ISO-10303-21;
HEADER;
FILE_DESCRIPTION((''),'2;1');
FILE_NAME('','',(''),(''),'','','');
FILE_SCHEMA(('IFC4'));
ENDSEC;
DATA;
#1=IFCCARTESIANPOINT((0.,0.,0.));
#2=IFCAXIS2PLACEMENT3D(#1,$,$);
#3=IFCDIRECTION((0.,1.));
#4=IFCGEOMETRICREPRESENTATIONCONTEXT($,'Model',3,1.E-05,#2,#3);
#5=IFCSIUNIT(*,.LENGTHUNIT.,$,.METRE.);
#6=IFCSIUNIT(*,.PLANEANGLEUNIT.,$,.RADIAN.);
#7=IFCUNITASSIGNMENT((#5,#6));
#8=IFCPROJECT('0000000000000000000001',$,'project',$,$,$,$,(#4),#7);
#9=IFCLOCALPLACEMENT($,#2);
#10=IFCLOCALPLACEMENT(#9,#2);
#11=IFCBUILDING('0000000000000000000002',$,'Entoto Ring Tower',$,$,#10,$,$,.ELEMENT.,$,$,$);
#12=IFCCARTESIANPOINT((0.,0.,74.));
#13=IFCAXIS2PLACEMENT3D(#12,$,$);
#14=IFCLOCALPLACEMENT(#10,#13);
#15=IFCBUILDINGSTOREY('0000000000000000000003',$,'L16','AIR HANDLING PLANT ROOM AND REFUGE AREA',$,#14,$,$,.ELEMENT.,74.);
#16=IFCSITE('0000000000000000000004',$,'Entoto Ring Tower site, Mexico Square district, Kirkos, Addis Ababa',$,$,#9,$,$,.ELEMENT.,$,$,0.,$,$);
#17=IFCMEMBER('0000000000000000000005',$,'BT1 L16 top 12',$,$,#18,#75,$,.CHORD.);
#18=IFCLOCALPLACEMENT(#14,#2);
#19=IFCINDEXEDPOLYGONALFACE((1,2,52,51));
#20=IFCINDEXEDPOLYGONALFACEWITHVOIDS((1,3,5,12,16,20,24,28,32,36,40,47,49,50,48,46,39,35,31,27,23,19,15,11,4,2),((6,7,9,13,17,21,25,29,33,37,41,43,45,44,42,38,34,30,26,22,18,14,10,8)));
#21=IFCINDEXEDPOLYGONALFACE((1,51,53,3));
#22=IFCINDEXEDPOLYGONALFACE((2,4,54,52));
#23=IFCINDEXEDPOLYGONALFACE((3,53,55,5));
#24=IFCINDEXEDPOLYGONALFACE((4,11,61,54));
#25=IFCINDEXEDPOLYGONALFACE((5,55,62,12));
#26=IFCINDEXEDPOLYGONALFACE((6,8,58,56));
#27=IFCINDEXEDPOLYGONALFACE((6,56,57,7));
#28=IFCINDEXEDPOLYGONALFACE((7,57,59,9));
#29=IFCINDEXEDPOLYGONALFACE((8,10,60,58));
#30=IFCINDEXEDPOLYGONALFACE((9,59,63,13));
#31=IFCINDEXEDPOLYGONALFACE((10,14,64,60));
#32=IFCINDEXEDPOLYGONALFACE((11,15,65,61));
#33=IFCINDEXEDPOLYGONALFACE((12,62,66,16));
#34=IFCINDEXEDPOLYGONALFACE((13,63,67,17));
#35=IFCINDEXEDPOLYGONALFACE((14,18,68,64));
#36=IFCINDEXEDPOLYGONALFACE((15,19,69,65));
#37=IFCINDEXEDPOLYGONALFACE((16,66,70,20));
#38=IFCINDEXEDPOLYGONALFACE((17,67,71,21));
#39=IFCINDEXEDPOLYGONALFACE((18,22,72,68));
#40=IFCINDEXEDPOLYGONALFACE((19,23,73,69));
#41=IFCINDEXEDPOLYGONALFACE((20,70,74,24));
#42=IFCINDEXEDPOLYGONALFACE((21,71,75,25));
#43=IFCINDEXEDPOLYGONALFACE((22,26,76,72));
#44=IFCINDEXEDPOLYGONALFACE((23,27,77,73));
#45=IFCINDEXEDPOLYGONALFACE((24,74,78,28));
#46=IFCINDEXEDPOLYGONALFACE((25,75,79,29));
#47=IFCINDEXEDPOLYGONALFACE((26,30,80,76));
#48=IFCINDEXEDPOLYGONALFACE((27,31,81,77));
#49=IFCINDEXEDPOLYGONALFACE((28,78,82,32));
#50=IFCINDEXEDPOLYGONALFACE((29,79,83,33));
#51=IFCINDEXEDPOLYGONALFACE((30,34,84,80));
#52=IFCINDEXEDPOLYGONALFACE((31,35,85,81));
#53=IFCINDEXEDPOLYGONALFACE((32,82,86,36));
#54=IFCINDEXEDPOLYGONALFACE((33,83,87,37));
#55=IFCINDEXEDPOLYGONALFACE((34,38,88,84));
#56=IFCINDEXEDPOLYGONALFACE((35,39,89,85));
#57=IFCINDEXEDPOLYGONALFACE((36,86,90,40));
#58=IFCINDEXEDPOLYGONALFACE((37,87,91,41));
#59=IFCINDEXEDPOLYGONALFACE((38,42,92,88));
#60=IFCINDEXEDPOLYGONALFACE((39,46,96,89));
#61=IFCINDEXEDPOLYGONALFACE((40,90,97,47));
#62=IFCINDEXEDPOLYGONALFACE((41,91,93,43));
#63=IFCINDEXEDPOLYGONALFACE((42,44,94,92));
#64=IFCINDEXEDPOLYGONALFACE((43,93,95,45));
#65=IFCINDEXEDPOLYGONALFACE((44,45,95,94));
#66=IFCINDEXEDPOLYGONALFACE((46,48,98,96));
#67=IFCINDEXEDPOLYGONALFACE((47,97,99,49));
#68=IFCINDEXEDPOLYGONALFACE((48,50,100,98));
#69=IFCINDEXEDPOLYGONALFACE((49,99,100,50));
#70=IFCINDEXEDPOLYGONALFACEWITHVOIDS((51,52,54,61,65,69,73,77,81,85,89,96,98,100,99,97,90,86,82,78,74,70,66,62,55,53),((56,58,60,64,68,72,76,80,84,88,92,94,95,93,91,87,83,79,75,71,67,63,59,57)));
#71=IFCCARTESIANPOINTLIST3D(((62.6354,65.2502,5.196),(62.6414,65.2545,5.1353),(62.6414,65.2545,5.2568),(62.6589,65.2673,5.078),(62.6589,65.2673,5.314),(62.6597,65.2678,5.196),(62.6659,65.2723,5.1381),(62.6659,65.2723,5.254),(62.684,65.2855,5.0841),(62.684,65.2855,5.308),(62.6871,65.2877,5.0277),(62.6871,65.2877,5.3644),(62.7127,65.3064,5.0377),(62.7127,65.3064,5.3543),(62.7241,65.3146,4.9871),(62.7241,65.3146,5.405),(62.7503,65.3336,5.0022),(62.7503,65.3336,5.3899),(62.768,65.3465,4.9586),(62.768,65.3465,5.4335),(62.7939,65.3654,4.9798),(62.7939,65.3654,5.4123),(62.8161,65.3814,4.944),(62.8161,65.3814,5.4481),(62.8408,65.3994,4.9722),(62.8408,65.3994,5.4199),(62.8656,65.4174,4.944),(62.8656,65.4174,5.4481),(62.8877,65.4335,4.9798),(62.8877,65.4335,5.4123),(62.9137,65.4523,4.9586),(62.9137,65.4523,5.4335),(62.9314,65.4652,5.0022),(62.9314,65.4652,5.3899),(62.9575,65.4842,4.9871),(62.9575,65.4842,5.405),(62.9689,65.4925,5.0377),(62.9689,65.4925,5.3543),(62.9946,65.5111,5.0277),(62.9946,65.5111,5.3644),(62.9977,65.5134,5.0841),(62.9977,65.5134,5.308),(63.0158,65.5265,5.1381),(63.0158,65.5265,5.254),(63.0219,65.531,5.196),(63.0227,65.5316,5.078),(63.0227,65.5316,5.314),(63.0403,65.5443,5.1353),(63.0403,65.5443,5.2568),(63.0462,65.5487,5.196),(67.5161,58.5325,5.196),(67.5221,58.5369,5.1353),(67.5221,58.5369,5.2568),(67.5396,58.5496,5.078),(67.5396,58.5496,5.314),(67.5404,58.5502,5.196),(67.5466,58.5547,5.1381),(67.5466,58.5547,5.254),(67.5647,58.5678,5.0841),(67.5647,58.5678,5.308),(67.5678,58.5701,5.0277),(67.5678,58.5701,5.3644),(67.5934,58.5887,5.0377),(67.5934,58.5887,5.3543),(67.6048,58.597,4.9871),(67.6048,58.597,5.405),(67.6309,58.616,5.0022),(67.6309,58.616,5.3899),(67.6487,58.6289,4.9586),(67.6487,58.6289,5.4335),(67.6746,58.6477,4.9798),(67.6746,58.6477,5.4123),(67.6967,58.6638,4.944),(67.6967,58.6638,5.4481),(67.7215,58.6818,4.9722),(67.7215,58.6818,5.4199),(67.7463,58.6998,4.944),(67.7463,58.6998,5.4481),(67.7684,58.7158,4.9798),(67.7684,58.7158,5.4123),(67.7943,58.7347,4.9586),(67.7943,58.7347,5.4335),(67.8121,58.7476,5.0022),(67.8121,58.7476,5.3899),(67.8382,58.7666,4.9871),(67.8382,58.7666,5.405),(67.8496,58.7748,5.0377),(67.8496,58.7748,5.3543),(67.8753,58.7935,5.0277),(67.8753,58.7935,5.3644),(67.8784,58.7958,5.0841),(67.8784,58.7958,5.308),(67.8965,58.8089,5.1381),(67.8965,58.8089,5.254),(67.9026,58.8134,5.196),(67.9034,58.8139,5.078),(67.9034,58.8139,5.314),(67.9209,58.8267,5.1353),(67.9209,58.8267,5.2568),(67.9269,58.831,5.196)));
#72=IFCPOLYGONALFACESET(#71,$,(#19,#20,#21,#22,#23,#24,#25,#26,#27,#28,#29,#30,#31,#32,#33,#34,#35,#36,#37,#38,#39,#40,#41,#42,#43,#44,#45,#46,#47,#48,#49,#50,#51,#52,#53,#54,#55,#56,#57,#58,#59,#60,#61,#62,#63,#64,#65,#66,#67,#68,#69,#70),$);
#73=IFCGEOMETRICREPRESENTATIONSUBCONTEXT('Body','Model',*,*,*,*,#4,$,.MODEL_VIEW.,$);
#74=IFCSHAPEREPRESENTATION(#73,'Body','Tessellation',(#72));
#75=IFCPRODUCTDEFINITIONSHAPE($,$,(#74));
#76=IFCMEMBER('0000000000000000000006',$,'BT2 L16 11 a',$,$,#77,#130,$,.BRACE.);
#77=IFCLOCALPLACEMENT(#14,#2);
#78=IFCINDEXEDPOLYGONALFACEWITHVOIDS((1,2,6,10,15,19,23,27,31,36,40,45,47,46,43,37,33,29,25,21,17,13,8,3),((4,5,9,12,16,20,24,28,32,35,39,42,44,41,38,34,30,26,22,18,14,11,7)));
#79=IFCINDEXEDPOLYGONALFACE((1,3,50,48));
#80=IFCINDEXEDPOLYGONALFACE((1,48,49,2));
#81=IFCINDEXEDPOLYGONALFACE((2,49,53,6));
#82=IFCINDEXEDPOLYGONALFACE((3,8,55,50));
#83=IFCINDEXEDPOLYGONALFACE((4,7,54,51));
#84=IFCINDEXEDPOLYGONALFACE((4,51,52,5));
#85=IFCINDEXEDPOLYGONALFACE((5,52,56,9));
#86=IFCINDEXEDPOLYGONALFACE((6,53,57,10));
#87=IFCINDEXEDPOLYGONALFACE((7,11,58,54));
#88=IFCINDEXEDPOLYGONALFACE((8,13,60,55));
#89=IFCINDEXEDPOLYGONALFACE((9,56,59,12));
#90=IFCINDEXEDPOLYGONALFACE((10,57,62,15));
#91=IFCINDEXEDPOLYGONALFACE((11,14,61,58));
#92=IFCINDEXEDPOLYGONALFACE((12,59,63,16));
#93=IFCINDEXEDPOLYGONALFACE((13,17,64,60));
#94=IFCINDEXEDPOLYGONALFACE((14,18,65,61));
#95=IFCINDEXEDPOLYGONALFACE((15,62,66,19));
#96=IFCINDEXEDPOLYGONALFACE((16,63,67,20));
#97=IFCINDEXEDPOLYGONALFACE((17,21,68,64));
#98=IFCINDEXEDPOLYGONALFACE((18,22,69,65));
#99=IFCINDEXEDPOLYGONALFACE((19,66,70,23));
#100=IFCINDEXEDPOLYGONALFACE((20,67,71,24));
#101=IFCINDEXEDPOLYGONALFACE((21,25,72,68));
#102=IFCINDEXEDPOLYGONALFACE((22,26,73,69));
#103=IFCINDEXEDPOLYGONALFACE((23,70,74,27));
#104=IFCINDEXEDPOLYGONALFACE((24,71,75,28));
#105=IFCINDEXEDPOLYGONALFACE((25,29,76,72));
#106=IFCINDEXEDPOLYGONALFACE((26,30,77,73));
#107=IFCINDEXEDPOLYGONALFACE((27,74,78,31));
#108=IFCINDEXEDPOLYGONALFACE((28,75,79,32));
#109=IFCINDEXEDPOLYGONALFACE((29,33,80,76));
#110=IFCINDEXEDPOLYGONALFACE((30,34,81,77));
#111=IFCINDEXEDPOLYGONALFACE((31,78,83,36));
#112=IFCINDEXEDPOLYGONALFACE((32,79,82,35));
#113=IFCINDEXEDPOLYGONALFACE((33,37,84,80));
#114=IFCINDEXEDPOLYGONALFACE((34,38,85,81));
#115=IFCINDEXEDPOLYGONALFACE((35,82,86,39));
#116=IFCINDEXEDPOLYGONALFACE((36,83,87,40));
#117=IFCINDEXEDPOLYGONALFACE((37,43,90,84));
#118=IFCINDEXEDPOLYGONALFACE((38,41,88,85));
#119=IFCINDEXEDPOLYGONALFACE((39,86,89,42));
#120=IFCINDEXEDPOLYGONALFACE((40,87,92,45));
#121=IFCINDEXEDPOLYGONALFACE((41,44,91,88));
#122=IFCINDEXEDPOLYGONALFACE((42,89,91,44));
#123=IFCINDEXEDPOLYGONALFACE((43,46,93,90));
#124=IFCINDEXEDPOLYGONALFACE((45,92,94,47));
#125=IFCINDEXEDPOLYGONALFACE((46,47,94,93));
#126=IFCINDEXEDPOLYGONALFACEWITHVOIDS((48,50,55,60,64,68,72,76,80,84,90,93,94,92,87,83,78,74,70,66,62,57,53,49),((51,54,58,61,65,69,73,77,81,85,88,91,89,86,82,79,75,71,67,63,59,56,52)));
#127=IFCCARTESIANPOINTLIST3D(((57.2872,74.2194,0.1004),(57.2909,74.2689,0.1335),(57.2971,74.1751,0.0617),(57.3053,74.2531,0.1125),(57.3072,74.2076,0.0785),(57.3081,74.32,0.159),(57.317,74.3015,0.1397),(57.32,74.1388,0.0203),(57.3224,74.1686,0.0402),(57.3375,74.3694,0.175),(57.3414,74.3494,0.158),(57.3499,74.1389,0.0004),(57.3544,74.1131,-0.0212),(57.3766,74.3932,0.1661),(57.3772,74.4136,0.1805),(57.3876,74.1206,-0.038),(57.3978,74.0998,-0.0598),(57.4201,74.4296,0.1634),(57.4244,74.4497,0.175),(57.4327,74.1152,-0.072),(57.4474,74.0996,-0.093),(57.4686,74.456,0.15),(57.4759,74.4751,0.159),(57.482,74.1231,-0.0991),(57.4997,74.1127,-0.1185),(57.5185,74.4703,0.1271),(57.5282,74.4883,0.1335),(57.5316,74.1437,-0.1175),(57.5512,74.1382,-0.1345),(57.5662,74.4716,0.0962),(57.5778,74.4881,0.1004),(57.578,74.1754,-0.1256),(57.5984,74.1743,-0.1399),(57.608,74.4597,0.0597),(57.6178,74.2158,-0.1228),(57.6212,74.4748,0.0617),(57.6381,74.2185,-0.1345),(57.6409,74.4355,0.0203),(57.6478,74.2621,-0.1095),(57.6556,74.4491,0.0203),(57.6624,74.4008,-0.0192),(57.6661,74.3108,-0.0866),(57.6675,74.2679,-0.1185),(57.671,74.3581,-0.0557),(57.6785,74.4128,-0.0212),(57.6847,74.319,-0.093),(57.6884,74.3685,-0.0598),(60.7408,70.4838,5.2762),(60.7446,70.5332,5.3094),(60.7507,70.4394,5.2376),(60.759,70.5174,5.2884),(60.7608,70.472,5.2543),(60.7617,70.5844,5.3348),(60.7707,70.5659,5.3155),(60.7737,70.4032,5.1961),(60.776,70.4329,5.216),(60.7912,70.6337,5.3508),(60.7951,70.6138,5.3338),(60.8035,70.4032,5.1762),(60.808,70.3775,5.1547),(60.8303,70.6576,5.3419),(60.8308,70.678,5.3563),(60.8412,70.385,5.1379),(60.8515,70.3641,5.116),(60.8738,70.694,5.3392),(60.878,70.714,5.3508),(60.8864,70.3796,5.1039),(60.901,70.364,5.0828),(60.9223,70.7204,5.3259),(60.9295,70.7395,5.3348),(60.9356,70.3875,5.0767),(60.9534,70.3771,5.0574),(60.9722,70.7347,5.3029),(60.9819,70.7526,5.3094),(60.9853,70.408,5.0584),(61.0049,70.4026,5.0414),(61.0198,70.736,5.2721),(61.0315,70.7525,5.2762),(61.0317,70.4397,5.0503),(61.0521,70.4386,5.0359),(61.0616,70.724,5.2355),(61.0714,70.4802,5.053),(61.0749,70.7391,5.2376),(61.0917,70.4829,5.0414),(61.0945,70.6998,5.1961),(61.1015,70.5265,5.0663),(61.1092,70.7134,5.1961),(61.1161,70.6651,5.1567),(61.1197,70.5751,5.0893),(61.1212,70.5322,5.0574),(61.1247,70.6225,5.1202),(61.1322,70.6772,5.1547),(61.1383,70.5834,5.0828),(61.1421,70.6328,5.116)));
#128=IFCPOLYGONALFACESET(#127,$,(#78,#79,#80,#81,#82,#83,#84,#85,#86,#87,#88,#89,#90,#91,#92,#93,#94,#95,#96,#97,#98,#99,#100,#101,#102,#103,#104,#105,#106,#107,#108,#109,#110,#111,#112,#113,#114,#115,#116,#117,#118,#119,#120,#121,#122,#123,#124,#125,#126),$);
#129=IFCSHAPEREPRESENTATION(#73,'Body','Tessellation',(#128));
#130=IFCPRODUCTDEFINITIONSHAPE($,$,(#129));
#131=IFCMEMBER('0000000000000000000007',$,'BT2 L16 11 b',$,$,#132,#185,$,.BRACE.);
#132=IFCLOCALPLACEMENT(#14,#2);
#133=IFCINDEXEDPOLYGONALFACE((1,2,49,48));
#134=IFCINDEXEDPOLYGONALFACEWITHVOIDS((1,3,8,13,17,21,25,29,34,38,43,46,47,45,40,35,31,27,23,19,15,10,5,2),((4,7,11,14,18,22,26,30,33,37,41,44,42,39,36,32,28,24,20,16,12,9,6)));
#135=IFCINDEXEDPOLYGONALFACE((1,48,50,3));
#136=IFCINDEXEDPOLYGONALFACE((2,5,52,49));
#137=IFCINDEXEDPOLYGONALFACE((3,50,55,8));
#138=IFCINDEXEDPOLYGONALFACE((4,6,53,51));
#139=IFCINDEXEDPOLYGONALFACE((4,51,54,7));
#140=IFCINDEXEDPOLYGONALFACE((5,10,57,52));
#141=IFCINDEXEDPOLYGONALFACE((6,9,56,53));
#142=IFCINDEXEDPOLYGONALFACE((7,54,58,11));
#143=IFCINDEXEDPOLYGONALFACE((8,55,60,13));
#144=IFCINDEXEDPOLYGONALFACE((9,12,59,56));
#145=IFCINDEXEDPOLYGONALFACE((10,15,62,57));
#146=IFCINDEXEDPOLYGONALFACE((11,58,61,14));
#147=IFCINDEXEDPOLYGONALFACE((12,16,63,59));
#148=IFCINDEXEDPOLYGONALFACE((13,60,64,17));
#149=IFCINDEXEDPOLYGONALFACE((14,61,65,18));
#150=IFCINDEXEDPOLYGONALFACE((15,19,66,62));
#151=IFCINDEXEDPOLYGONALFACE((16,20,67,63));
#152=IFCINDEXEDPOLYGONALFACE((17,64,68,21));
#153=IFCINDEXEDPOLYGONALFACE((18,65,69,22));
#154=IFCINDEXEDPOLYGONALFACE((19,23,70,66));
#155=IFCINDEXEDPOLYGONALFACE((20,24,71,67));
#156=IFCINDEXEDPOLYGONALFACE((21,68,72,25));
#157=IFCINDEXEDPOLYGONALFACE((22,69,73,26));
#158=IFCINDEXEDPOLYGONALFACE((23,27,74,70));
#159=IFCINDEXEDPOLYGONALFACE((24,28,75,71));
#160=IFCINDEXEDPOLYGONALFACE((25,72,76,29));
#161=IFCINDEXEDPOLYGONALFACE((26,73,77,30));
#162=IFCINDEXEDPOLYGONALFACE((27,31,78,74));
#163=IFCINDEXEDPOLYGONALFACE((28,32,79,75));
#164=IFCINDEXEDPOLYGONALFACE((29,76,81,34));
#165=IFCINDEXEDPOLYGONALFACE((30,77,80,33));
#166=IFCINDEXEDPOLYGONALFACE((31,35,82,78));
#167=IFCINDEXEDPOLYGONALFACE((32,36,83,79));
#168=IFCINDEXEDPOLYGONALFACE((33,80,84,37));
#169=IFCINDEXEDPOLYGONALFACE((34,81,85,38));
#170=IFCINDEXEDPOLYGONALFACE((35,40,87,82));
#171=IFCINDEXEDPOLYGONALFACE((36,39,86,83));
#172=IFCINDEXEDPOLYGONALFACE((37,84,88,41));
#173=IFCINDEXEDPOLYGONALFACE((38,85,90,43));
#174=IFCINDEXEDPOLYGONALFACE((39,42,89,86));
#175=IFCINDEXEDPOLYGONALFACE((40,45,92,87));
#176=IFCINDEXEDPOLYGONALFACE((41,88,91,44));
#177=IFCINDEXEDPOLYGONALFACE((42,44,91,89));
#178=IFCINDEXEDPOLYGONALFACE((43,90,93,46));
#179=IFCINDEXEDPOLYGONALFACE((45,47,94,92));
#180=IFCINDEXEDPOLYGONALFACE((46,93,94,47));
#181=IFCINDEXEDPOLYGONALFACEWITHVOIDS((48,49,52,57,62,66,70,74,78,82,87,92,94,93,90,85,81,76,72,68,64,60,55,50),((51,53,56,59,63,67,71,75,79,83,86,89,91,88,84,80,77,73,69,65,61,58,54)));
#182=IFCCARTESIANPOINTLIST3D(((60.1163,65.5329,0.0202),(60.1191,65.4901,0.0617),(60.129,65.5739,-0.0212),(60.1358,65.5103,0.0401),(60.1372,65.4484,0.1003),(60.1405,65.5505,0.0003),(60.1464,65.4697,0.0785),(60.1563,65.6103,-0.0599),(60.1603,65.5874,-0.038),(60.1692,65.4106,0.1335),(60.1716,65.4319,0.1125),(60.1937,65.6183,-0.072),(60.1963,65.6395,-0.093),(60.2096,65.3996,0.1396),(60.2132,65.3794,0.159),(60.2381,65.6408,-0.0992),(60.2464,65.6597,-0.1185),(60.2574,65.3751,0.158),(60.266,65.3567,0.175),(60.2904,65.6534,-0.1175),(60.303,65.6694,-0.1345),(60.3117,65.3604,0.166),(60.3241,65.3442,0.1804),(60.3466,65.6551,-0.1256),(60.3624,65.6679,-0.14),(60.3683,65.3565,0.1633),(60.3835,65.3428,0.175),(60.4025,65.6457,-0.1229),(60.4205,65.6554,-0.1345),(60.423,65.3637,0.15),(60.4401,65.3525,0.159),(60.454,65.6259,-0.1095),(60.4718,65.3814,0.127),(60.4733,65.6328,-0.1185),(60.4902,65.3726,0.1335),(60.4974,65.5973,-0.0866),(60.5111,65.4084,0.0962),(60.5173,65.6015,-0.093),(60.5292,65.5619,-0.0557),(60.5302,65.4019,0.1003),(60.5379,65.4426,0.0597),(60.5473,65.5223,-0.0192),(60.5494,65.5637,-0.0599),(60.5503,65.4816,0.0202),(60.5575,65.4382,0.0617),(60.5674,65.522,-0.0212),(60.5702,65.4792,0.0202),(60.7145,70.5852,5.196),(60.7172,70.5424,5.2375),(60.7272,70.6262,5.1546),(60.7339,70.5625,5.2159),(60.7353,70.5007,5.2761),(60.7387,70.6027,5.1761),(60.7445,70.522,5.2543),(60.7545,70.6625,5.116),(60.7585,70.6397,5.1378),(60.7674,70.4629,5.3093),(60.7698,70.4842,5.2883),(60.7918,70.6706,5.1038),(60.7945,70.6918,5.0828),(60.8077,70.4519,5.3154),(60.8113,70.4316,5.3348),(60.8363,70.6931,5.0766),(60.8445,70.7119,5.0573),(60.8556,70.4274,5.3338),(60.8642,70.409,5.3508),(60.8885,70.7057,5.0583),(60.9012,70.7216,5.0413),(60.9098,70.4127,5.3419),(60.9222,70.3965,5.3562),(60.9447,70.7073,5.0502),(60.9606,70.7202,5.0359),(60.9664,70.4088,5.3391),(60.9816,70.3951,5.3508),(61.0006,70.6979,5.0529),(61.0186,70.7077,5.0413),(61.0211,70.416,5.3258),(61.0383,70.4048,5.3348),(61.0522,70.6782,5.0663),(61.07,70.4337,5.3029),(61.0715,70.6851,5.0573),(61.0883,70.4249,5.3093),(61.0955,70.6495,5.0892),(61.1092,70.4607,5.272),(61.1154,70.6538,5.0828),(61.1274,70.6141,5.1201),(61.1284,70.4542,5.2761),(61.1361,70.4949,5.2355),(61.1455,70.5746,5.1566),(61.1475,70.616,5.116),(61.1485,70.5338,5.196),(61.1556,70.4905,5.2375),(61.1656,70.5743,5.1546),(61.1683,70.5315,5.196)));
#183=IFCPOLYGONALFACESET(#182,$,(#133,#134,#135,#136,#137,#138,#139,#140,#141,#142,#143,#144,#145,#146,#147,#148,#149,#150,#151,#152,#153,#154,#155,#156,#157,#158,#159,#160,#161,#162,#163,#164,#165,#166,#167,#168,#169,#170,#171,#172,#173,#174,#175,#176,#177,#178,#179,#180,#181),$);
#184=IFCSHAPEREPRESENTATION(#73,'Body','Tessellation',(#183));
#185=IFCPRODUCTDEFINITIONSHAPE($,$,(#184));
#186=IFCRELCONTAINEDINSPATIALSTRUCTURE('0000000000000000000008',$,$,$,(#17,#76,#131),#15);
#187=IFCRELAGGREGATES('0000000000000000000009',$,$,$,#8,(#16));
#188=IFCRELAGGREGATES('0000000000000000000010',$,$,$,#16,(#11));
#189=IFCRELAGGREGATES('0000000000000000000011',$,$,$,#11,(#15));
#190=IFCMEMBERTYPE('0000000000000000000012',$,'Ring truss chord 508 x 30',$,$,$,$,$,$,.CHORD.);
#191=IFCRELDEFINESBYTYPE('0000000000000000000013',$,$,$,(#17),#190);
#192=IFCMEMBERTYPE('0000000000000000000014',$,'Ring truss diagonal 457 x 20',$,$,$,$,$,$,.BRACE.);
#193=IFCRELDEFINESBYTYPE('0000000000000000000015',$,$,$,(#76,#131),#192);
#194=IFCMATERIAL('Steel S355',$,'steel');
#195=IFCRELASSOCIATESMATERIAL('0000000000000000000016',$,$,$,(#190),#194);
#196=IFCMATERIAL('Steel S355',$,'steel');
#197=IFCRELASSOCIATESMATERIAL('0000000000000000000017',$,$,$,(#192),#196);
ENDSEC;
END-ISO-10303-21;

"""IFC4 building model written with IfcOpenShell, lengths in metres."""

from ifc_helpers import new_model, si_unit, direction, frame, origin, origin_2d, place, context, subcontext, project, spatial, circle, hollow_circle, extrude, material, material_profile, profile_set, type_object, element, save


model = new_model("IFC4")

# Units and contexts
model_context = context("Model", 3, precision=1e-05, world=origin(), true_north=direction((0.0, 1.0)))
body_context = subcontext(model_context, "Body", "Model", "MODEL_VIEW")
ifc_project = project(units=[si_unit("LENGTHUNIT", "METRE"), si_unit("PLANEANGLEUNIT", "RADIAN")], contexts=[model_context])

# Site, building, storey
site_placement = place(None, origin())
site = spatial("IfcSite", under=ifc_project, at=site_placement, Name="Entoto Ring Tower site, Mexico Square district, Kirkos, Addis Ababa", CompositionType="ELEMENT", RefElevation=0.0)
building_placement = place(site_placement, origin())
building = spatial("IfcBuilding", under=site, at=building_placement, Name="Entoto Ring Tower", CompositionType="ELEMENT")
storey_placement = place(building_placement, frame((0.0, 0.0, 74.0)))
storey = spatial("IfcBuildingStorey", under=building, at=storey_placement, Name="L16", Description="AIR HANDLING PLANT ROOM AND REFUGE AREA", CompositionType="ELEMENT", Elevation=74.0)

# Members
ifc_material_1 = material(Name="Steel S355", Category="steel")
ifc_material_profile_1 = material_profile(ifc_material_1, hollow_circle(Radius=0.2539, WallThickness=0.03, at=origin_2d()), Name="CHS 508 x 30")
ifc_material_2 = material(Name="Concrete C60/75", Category="concrete")
ifc_material_profile_2 = material_profile(ifc_material_2, circle(Radius=0.2241, at=origin_2d()), Name="Concrete C60/75 infill")
ifc_profile_set_1 = profile_set([ifc_material_profile_1, ifc_material_profile_2], Name="Steel S355")
member_type_1 = type_object("IfcMemberType", Name="Ring truss chord 508 x 30", PredefinedType="CHORD", material=ifc_profile_set_1)
member_1_placement = place(storey_placement, frame((62.8408, 65.3994, 5.196), z_axis=(0.587789, -0.809014, 0.0), x_axis=(0.809014, 0.587789, 0.0)))
element("IfcMember", 1, at=member_1_placement, inside=storey, type_object=member_type_1, Name="BT1 L16 top 12", PredefinedType="CHORD", context=body_context, shape_type="SweptSolid", body=[
    extrude(hollow_circle(Radius=0.2539, WallThickness=0.03, at=origin_2d()), origin(), (0.0, 0.0, 1.0), 8.3035),
])
ifc_material_3 = material(Name="Steel S355", Category="steel")
ifc_material_profile_3 = material_profile(ifc_material_3, hollow_circle(Radius=0.2285, WallThickness=0.02, at=origin_2d()), Name="CHS 457 x 20")
ifc_material_4 = material(Name="Concrete C60/75", Category="concrete")
ifc_material_profile_4 = material_profile(ifc_material_4, circle(Radius=0.2085, at=origin_2d()), Name="Concrete C60/75 infill")
ifc_profile_set_2 = profile_set([ifc_material_profile_3, ifc_material_profile_4], Name="Steel S355")
member_type_2 = type_object("IfcMemberType", Name="Ring truss diagonal 457 x 20", PredefinedType="BRACE", material=ifc_profile_set_2)
for number, where, z_axis, x_axis, name in (
    (2, (57.4878, 74.2939, 0.0203), (0.47587, -0.514724, 0.713166), (0.734277, 0.67885, 0.0), "BT2 L16 11 a"),
    (3, (60.9414, 70.5583, 5.196), (-0.082417, -0.696139, -0.713161), (0.993065, -0.117571, 0.0), "BT2 L16 11 b"),
):
    element("IfcMember", number, at=place(storey_placement, frame(where, z_axis=z_axis, x_axis=x_axis)), inside=storey, type_object=member_type_2, Name=name, PredefinedType="BRACE", context=body_context, shape_type="SweptSolid", body=[
        extrude(hollow_circle(Radius=0.2285, WallThickness=0.02, at=origin_2d()), origin(), (0.0, 0.0, 1.0), 7.2576),
    ])

save(model, "model.ifc")
